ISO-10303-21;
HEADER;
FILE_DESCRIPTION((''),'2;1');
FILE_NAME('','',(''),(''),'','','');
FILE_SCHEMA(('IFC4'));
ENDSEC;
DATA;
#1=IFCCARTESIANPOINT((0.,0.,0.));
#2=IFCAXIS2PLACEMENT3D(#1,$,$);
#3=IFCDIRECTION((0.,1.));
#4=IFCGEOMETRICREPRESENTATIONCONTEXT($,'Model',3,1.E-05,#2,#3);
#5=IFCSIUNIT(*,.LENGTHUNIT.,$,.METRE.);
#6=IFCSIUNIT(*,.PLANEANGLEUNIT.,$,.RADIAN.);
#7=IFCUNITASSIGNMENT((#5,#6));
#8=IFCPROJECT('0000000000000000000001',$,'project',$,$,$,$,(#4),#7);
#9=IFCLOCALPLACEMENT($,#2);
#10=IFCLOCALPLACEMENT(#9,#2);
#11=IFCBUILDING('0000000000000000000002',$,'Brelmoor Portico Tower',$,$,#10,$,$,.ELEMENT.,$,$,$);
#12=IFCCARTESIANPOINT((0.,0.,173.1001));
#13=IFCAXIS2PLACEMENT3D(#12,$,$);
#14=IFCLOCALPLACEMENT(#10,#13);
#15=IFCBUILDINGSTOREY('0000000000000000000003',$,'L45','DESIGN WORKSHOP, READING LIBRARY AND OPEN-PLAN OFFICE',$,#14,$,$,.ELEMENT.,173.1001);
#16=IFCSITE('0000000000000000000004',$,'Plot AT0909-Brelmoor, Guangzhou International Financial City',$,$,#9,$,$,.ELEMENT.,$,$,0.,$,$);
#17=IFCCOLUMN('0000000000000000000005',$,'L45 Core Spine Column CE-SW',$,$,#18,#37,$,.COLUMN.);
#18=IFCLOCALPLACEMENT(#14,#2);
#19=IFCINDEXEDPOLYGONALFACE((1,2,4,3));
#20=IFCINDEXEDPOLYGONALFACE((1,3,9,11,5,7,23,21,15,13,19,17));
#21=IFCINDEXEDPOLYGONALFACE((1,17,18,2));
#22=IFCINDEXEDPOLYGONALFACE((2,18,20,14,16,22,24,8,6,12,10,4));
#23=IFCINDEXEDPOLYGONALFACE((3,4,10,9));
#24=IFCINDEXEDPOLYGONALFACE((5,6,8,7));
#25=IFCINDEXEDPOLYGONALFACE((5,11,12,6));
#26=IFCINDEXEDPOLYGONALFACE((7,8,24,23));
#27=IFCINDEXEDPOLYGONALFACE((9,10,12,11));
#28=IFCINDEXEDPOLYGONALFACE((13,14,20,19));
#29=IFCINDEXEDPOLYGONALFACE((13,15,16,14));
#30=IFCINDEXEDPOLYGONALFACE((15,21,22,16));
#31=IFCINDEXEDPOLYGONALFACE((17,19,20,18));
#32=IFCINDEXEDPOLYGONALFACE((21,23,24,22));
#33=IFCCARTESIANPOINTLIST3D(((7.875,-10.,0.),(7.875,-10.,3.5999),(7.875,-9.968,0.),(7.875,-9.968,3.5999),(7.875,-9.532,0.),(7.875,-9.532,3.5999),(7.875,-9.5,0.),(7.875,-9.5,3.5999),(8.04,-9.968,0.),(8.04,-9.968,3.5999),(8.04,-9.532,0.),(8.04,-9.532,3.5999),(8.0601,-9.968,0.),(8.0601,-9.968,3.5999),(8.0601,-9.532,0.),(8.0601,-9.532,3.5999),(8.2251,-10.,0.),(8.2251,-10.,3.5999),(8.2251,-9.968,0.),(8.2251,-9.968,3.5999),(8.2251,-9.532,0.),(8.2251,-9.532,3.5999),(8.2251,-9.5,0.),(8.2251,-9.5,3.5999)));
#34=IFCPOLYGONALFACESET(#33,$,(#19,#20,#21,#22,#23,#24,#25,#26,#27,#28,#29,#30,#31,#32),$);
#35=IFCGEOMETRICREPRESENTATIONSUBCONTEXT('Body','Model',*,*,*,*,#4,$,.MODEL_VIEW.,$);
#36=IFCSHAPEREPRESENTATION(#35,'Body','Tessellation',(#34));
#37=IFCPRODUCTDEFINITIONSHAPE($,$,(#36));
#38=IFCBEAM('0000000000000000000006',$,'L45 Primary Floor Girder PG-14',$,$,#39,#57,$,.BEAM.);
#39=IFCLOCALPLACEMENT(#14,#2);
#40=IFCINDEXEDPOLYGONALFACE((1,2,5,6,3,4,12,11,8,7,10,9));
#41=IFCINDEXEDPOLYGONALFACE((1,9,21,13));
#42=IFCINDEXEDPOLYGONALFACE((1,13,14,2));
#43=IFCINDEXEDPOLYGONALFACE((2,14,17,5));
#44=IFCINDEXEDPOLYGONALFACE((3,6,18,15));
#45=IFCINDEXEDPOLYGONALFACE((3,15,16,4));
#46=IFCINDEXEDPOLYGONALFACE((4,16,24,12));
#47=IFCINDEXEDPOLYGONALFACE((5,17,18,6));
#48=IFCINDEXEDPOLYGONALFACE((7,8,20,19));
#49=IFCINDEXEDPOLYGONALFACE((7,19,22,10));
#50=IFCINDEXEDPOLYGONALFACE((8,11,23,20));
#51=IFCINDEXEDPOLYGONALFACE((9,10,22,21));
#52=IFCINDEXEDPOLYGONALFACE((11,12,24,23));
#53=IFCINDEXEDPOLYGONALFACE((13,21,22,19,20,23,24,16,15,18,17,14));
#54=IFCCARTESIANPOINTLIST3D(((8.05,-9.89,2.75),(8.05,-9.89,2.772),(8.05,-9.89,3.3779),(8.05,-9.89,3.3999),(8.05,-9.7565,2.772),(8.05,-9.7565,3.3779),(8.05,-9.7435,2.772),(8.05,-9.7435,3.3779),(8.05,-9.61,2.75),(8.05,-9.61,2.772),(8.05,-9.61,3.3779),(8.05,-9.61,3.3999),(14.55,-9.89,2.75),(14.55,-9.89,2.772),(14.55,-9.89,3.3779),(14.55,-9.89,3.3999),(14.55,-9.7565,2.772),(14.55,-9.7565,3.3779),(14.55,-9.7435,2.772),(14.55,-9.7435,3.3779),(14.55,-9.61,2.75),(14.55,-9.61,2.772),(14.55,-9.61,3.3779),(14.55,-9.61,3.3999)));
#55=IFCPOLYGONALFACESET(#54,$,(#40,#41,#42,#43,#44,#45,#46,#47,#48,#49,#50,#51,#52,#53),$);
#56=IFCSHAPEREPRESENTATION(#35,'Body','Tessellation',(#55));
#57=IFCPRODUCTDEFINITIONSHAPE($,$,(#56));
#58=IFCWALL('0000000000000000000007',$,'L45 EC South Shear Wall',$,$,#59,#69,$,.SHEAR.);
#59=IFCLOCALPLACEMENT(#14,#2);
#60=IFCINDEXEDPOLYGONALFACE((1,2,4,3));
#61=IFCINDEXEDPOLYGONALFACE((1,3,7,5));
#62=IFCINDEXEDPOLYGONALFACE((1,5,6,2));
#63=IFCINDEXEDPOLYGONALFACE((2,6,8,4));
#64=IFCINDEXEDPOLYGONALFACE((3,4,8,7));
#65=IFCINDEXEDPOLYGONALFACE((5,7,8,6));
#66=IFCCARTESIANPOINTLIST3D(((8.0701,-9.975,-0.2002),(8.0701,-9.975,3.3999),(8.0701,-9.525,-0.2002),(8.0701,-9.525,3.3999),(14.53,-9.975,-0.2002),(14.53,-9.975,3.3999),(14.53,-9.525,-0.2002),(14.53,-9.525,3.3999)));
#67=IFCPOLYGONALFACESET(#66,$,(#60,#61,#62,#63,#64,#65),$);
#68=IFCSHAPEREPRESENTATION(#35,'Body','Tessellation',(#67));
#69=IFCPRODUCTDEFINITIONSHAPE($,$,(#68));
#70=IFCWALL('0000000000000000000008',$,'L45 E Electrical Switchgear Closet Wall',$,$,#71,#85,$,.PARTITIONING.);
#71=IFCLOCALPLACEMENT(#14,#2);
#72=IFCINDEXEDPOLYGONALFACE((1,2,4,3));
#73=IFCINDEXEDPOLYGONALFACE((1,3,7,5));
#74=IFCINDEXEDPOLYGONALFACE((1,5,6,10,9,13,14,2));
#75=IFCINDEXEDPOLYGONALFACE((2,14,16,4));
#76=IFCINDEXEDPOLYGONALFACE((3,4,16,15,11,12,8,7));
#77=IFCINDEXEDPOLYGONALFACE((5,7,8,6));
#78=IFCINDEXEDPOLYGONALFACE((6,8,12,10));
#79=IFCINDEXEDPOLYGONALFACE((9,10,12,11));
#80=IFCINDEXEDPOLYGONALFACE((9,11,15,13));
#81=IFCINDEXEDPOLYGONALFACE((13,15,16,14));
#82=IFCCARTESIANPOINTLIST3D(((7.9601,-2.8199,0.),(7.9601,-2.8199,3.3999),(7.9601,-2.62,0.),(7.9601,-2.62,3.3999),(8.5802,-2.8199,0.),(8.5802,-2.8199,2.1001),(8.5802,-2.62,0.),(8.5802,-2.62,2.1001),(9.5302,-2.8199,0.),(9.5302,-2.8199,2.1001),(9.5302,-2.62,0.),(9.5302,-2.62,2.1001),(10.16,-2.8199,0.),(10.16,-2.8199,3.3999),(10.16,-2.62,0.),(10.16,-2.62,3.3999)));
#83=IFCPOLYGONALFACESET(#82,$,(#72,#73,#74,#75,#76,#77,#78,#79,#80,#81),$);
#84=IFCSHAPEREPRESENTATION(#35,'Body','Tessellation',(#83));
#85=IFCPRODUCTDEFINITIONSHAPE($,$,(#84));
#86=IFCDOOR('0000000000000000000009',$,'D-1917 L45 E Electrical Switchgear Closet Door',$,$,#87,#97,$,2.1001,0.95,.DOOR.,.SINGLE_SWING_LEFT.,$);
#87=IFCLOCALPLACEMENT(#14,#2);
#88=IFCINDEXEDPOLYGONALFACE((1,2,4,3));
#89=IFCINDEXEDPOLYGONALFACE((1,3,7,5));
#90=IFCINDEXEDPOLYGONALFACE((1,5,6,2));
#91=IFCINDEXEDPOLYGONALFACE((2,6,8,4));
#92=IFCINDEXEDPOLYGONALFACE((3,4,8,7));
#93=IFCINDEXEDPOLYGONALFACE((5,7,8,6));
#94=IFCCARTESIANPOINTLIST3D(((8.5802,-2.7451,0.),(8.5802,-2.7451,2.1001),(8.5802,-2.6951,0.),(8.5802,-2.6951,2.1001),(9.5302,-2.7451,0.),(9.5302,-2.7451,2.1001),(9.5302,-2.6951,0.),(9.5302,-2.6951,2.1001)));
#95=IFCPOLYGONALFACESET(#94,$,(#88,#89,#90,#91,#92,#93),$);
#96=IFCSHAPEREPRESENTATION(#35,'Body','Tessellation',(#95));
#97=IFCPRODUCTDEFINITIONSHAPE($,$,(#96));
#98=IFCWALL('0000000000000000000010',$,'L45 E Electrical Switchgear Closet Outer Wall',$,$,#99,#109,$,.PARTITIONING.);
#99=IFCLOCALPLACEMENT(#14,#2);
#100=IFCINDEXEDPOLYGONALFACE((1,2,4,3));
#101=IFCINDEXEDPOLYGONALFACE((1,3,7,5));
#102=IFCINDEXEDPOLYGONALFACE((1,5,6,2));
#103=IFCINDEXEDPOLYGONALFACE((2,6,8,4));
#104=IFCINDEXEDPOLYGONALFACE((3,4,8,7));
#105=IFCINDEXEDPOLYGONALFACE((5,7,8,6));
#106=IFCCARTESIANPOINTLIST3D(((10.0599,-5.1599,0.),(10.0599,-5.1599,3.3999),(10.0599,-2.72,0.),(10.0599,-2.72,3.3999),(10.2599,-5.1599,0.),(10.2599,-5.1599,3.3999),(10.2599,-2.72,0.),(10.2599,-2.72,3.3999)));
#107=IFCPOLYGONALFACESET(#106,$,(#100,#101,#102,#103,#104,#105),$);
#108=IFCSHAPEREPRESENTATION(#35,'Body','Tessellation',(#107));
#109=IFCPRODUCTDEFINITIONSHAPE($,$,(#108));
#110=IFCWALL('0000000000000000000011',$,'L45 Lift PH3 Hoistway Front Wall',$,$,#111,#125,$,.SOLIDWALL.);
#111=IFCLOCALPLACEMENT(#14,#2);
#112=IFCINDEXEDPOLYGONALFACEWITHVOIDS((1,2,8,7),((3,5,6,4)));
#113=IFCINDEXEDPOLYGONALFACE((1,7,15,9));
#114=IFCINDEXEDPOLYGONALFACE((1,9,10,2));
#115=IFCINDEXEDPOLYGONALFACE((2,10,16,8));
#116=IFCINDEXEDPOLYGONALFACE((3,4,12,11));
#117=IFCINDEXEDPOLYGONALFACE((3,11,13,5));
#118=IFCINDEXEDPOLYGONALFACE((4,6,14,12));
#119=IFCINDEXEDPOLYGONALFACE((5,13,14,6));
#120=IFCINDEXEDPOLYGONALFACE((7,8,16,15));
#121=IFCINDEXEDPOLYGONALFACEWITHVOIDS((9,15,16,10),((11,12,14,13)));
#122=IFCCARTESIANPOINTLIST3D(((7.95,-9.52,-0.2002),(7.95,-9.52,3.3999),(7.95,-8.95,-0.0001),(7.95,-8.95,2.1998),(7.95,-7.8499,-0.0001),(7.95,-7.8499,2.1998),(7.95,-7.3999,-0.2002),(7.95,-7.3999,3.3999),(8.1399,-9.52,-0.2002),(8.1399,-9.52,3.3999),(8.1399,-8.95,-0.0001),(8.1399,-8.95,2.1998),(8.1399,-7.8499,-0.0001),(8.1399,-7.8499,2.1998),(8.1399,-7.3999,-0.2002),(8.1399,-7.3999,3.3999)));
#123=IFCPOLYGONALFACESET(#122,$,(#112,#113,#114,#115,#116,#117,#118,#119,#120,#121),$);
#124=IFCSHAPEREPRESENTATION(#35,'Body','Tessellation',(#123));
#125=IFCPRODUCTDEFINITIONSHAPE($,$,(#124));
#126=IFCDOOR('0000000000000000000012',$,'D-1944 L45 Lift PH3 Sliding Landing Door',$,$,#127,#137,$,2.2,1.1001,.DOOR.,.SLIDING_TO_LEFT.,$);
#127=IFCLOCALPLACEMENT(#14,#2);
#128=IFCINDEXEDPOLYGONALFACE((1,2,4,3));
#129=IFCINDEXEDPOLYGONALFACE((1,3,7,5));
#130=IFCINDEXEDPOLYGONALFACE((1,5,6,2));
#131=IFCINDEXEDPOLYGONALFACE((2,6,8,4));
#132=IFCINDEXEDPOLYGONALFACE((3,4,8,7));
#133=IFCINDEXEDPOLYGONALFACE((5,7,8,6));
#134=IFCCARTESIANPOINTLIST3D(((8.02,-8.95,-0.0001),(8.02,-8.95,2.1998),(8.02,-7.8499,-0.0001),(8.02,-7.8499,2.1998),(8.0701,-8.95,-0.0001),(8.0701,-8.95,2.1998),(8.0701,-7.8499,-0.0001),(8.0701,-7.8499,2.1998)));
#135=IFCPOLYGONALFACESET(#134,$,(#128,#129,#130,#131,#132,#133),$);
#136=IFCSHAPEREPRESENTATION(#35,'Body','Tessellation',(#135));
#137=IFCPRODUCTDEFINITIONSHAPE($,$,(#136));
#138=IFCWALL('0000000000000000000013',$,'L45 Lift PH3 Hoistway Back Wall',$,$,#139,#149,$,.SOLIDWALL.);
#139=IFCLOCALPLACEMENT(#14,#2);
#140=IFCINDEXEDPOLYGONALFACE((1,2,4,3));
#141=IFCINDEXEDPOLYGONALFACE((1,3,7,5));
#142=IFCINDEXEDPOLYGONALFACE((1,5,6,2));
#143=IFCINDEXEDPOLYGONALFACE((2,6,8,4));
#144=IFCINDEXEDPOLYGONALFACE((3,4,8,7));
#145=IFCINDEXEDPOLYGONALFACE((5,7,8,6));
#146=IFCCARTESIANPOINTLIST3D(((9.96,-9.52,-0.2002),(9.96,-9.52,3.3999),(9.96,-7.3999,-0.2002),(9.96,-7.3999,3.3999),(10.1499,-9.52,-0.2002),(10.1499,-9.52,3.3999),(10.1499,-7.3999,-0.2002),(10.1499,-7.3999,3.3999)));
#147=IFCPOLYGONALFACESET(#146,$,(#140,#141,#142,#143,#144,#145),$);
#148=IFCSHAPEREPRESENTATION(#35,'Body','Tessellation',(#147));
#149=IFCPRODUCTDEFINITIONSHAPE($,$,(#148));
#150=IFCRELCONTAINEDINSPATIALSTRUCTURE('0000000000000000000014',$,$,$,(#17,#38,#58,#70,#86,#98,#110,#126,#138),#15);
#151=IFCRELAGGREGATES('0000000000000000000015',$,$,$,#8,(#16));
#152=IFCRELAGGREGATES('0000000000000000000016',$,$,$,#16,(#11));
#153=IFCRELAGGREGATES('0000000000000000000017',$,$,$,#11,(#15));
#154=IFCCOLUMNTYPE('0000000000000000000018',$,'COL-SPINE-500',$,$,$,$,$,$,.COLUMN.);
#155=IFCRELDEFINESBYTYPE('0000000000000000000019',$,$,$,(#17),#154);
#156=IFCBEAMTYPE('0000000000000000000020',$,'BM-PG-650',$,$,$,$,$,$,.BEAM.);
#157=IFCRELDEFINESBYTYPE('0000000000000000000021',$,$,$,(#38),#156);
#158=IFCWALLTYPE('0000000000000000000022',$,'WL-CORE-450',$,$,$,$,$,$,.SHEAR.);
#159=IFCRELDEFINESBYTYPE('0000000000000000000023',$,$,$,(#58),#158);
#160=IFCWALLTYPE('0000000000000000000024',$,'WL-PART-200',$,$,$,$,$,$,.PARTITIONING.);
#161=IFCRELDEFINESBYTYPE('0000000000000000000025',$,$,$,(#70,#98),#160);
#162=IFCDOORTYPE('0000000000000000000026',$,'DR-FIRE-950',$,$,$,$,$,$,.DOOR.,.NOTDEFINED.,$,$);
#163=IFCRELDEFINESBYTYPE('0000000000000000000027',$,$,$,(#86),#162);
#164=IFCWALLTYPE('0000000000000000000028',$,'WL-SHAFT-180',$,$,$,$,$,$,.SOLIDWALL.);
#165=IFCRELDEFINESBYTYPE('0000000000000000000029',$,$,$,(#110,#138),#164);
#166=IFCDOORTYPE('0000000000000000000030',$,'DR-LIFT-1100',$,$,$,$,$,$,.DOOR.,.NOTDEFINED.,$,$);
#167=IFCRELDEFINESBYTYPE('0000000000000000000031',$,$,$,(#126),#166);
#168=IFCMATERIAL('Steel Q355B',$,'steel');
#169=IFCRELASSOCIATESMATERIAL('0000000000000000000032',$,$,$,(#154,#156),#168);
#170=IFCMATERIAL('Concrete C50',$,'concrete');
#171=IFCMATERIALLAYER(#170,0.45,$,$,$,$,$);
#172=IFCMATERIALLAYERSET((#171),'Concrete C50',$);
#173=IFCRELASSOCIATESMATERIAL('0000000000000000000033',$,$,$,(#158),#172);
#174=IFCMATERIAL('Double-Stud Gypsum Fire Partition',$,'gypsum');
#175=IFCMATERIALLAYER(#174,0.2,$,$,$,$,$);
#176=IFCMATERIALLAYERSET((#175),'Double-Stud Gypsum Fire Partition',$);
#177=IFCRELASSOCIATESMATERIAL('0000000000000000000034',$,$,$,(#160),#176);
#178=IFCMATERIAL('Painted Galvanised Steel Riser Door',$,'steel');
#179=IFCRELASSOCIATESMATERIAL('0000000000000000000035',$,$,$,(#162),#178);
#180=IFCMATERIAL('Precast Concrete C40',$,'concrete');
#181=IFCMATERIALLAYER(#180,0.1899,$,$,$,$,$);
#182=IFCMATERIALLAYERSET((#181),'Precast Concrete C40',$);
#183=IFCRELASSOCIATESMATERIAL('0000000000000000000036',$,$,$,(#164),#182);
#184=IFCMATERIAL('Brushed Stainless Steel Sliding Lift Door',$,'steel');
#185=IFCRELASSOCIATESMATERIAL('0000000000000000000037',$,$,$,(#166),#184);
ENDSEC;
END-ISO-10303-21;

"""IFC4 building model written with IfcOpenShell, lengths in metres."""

from ifc_helpers import new_model, si_unit, direction, frame, frame_2d, origin, origin_2d, place, context, subcontext, project, spatial, rectangle, i_section, extrude, material, layer, layer_set, material_profile, profile_set, type_object, element, fill, save


model = new_model("IFC4")

# Units and contexts
model_context = context("Model", 3, precision=1e-05, world=origin(), true_north=direction((0.0, 1.0)))
body_context = subcontext(model_context, "Body", "Model", "MODEL_VIEW")
ifc_project = project(units=[si_unit("LENGTHUNIT", "METRE"), si_unit("PLANEANGLEUNIT", "RADIAN")], contexts=[model_context])

# Site, building, storey
site_placement = place(None, origin())
site = spatial("IfcSite", under=ifc_project, at=site_placement, Name="Plot AT0909-Brelmoor, Guangzhou International Financial City", CompositionType="ELEMENT", RefElevation=0.0)
building_placement = place(site_placement, origin())
building = spatial("IfcBuilding", under=site, at=building_placement, Name="Brelmoor Portico Tower", CompositionType="ELEMENT")
storey_placement = place(building_placement, frame((0.0, 0.0, 173.1001)))
storey = spatial("IfcBuildingStorey", under=building, at=storey_placement, Name="L45", Description="DESIGN WORKSHOP, READING LIBRARY AND OPEN-PLAN OFFICE", CompositionType="ELEMENT", Elevation=173.1001)

# Column
ifc_material_1 = material(Name="Steel Q355B", Category="steel")
ifc_material_profile_1 = material_profile(ifc_material_1, i_section(OverallWidth=0.3501, OverallDepth=0.5, WebThickness=0.02, FlangeThickness=0.032, at=origin_2d()), Name="HW 500x350x20x32")
ifc_profile_set_1 = profile_set([ifc_material_profile_1], Name="Steel Q355B")
column_type = type_object("IfcColumnType", Name="COL-SPINE-500", PredefinedType="COLUMN", material=ifc_profile_set_1)
column_placement = place(storey_placement, frame((8.05, -9.75, 0.0), z_axis=(0.0, 0.0, 1.0), x_axis=(1.0, 0.0, 0.0)))
element("IfcColumn", 1, at=column_placement, inside=storey, type_object=column_type, Name="L45 Core Spine Column CE-SW", PredefinedType="COLUMN", context=body_context, shape_type="SweptSolid", body=[
    extrude(i_section(OverallWidth=0.3501, OverallDepth=0.5, WebThickness=0.02, FlangeThickness=0.032, at=origin_2d()), origin(), (0.0, 0.0, 1.0), 3.5999),
])

# Beam
ifc_material_profile_2 = material_profile(ifc_material_1, i_section(OverallWidth=0.28, OverallDepth=0.6499, WebThickness=0.0129, FlangeThickness=0.022, at=origin_2d()), Name="HN 650x280x13x22")
ifc_profile_set_2 = profile_set([ifc_material_profile_2], Name="Steel Q355B")
beam_type = type_object("IfcBeamType", Name="BM-PG-650", PredefinedType="BEAM", material=ifc_profile_set_2)
beam_placement = place(storey_placement, frame((8.05, -9.75, 3.075), z_axis=(1.0, 0.0, 0.0), x_axis=(0.0, 1.0, 0.0)))
element("IfcBeam", 2, at=beam_placement, inside=storey, type_object=beam_type, Name="L45 Primary Floor Girder PG-14", PredefinedType="BEAM", context=body_context, shape_type="SweptSolid", body=[
    extrude(i_section(OverallWidth=0.28, OverallDepth=0.6499, WebThickness=0.0129, FlangeThickness=0.022, at=origin_2d()), origin(), (0.0, 0.0, 1.0), 6.5),
])

# Wall
ifc_material_2 = material(Name="Concrete C50", Category="concrete")
ifc_layer_1 = layer(ifc_material_2, 0.45)
ifc_layer_set_1 = layer_set([ifc_layer_1], Name="Concrete C50")
wall_type_1 = type_object("IfcWallType", Name="WL-CORE-450", PredefinedType="SHEAR", material=ifc_layer_set_1)
wall_1_placement = place(storey_placement, frame((8.0701, -9.75, -0.2002), z_axis=(0.0, 0.0, 1.0), x_axis=(1.0, 0.0, 0.0)))
element("IfcWall", 3, at=wall_1_placement, inside=storey, type_object=wall_type_1, Name="L45 EC South Shear Wall", PredefinedType="SHEAR", context=body_context, shape_type="SweptSolid", body=[
    extrude(rectangle(XDim=6.46, YDim=0.45, at=frame_2d((3.23, 0.0))), origin(), (0.0, 0.0, 1.0), 3.6001),
])

# Wall, opening, door
ifc_material_3 = material(Name="Double-Stud Gypsum Fire Partition", Category="gypsum")
ifc_layer_2 = layer(ifc_material_3, 0.2)
ifc_layer_set_2 = layer_set([ifc_layer_2], Name="Double-Stud Gypsum Fire Partition")
wall_type_2 = type_object("IfcWallType", Name="WL-PART-200", PredefinedType="PARTITIONING", material=ifc_layer_set_2)
wall_2_placement = place(storey_placement, frame((7.96, -2.72, 0.0), z_axis=(0.0, 0.0, 1.0), x_axis=(1.0, 0.0, 0.0)))
wall_2 = element("IfcWall", 4, at=wall_2_placement, inside=storey, type_object=wall_type_2, Name="L45 E Electrical Switchgear Closet Wall", PredefinedType="PARTITIONING", context=body_context, shape_type="SweptSolid", body=[
    extrude(rectangle(XDim=2.2, YDim=0.2, at=frame_2d((1.1001, 0.0))), origin(), (0.0, 0.0, 1.0), 3.3999),
])
opening_1_placement = place(wall_2_placement, frame((0.6201, 0.0, 0.0)))
opening_1 = element("IfcOpeningElement", 5, at=opening_1_placement, cuts=wall_2, PredefinedType="OPENING", context=body_context, shape_type="SweptSolid", body=[
    extrude(rectangle(XDim=0.95, YDim=2.1001, at=frame_2d((0.4751, 1.05))), frame((0.0, 0.1099, 0.0), z_axis=(0.0, -1.0, 0.0), x_axis=(1.0, 0.0, 0.0)), (0.0, 0.0, 1.0), 0.22),
])
ifc_material_4 = material(Name="Painted Galvanised Steel Riser Door", Category="steel")
door_type_1 = type_object("IfcDoorType", Name="DR-FIRE-950", OperationType="NOTDEFINED", PredefinedType="DOOR", material=ifc_material_4)
door_1_placement = place(opening_1_placement, origin())
door_1 = element("IfcDoor", 6, at=door_1_placement, inside=storey, type_object=door_type_1, Name="D-1917 L45 E Electrical Switchgear Closet Door", OperationType="SINGLE_SWING_LEFT", OverallHeight=2.1001, OverallWidth=0.95, PredefinedType="DOOR", context=body_context, shape_type="SweptSolid", body=[
    extrude(rectangle(XDim=0.95, YDim=2.1001, at=frame_2d((0.4751, 1.05))), frame((0.0, 0.0249, 0.0), z_axis=(0.0, -1.0, 0.0), x_axis=(1.0, 0.0, 0.0)), (0.0, 0.0, 1.0), 0.05),
])
fill(opening_1, door_1)

# Wall
wall_3_placement = place(storey_placement, frame((10.1599, -5.1599, 0.0), z_axis=(0.0, 0.0, 1.0), x_axis=(0.0, 1.0, 0.0)))
element("IfcWall", 7, at=wall_3_placement, inside=storey, type_object=wall_type_2, Name="L45 E Electrical Switchgear Closet Outer Wall", PredefinedType="PARTITIONING", context=body_context, shape_type="SweptSolid", body=[
    extrude(rectangle(XDim=2.4399, YDim=0.2, at=frame_2d((1.22, 0.0))), origin(), (0.0, 0.0, 1.0), 3.3999),
])

# Wall, opening, door
ifc_material_5 = material(Name="Precast Concrete C40", Category="concrete")
ifc_layer_3 = layer(ifc_material_5, 0.1899)
ifc_layer_set_3 = layer_set([ifc_layer_3], Name="Precast Concrete C40")
wall_type_3 = type_object("IfcWallType", Name="WL-SHAFT-180", PredefinedType="SOLIDWALL", material=ifc_layer_set_3)
wall_4_placement = place(storey_placement, frame((8.0449, -9.52, -0.2002), z_axis=(0.0, 0.0, 1.0), x_axis=(0.0, 1.0, 0.0)))
wall_4 = element("IfcWall", 8, at=wall_4_placement, inside=storey, type_object=wall_type_3, Name="L45 Lift PH3 Hoistway Front Wall", PredefinedType="SOLIDWALL", context=body_context, shape_type="SweptSolid", body=[
    extrude(rectangle(XDim=2.1201, YDim=0.1899, at=frame_2d((1.0601, 0.0))), origin(), (0.0, 0.0, 1.0), 3.6001),
])
opening_2_placement = place(wall_4_placement, frame((0.5701, 0.0, 0.2)))
opening_2 = element("IfcOpeningElement", 9, at=opening_2_placement, cuts=wall_4, PredefinedType="OPENING", context=body_context, shape_type="SweptSolid", body=[
    extrude(rectangle(XDim=1.1001, YDim=2.2, at=frame_2d((0.55, 1.1001))), frame((0.0, 0.105, 0.0), z_axis=(0.0, -1.0, 0.0), x_axis=(1.0, 0.0, 0.0)), (0.0, 0.0, 1.0), 0.21),
])
ifc_material_6 = material(Name="Brushed Stainless Steel Sliding Lift Door", Category="steel")
door_type_2 = type_object("IfcDoorType", Name="DR-LIFT-1100", OperationType="NOTDEFINED", PredefinedType="DOOR", material=ifc_material_6)
door_2_placement = place(opening_2_placement, origin())
door_2 = element("IfcDoor", 10, at=door_2_placement, inside=storey, type_object=door_type_2, Name="D-1944 L45 Lift PH3 Sliding Landing Door", OperationType="SLIDING_TO_LEFT", OverallHeight=2.2, OverallWidth=1.1001, PredefinedType="DOOR", context=body_context, shape_type="SweptSolid", body=[
    extrude(rectangle(XDim=1.1001, YDim=2.2, at=frame_2d((0.55, 1.1001))), frame((0.0, 0.0249, 0.0), z_axis=(0.0, -1.0, 0.0), x_axis=(1.0, 0.0, 0.0)), (0.0, 0.0, 1.0), 0.05),
])
fill(opening_2, door_2)

# Wall
wall_5_placement = place(storey_placement, frame((10.0549, -9.52, -0.2002), z_axis=(0.0, 0.0, 1.0), x_axis=(0.0, 1.0, 0.0)))
element("IfcWall", 11, at=wall_5_placement, inside=storey, type_object=wall_type_3, Name="L45 Lift PH3 Hoistway Back Wall", PredefinedType="SOLIDWALL", context=body_context, shape_type="SweptSolid", body=[
    extrude(rectangle(XDim=2.1201, YDim=0.1899, at=frame_2d((1.0601, 0.0))), origin(), (0.0, 0.0, 1.0), 3.6001),
])

save(model, "model.ifc")
